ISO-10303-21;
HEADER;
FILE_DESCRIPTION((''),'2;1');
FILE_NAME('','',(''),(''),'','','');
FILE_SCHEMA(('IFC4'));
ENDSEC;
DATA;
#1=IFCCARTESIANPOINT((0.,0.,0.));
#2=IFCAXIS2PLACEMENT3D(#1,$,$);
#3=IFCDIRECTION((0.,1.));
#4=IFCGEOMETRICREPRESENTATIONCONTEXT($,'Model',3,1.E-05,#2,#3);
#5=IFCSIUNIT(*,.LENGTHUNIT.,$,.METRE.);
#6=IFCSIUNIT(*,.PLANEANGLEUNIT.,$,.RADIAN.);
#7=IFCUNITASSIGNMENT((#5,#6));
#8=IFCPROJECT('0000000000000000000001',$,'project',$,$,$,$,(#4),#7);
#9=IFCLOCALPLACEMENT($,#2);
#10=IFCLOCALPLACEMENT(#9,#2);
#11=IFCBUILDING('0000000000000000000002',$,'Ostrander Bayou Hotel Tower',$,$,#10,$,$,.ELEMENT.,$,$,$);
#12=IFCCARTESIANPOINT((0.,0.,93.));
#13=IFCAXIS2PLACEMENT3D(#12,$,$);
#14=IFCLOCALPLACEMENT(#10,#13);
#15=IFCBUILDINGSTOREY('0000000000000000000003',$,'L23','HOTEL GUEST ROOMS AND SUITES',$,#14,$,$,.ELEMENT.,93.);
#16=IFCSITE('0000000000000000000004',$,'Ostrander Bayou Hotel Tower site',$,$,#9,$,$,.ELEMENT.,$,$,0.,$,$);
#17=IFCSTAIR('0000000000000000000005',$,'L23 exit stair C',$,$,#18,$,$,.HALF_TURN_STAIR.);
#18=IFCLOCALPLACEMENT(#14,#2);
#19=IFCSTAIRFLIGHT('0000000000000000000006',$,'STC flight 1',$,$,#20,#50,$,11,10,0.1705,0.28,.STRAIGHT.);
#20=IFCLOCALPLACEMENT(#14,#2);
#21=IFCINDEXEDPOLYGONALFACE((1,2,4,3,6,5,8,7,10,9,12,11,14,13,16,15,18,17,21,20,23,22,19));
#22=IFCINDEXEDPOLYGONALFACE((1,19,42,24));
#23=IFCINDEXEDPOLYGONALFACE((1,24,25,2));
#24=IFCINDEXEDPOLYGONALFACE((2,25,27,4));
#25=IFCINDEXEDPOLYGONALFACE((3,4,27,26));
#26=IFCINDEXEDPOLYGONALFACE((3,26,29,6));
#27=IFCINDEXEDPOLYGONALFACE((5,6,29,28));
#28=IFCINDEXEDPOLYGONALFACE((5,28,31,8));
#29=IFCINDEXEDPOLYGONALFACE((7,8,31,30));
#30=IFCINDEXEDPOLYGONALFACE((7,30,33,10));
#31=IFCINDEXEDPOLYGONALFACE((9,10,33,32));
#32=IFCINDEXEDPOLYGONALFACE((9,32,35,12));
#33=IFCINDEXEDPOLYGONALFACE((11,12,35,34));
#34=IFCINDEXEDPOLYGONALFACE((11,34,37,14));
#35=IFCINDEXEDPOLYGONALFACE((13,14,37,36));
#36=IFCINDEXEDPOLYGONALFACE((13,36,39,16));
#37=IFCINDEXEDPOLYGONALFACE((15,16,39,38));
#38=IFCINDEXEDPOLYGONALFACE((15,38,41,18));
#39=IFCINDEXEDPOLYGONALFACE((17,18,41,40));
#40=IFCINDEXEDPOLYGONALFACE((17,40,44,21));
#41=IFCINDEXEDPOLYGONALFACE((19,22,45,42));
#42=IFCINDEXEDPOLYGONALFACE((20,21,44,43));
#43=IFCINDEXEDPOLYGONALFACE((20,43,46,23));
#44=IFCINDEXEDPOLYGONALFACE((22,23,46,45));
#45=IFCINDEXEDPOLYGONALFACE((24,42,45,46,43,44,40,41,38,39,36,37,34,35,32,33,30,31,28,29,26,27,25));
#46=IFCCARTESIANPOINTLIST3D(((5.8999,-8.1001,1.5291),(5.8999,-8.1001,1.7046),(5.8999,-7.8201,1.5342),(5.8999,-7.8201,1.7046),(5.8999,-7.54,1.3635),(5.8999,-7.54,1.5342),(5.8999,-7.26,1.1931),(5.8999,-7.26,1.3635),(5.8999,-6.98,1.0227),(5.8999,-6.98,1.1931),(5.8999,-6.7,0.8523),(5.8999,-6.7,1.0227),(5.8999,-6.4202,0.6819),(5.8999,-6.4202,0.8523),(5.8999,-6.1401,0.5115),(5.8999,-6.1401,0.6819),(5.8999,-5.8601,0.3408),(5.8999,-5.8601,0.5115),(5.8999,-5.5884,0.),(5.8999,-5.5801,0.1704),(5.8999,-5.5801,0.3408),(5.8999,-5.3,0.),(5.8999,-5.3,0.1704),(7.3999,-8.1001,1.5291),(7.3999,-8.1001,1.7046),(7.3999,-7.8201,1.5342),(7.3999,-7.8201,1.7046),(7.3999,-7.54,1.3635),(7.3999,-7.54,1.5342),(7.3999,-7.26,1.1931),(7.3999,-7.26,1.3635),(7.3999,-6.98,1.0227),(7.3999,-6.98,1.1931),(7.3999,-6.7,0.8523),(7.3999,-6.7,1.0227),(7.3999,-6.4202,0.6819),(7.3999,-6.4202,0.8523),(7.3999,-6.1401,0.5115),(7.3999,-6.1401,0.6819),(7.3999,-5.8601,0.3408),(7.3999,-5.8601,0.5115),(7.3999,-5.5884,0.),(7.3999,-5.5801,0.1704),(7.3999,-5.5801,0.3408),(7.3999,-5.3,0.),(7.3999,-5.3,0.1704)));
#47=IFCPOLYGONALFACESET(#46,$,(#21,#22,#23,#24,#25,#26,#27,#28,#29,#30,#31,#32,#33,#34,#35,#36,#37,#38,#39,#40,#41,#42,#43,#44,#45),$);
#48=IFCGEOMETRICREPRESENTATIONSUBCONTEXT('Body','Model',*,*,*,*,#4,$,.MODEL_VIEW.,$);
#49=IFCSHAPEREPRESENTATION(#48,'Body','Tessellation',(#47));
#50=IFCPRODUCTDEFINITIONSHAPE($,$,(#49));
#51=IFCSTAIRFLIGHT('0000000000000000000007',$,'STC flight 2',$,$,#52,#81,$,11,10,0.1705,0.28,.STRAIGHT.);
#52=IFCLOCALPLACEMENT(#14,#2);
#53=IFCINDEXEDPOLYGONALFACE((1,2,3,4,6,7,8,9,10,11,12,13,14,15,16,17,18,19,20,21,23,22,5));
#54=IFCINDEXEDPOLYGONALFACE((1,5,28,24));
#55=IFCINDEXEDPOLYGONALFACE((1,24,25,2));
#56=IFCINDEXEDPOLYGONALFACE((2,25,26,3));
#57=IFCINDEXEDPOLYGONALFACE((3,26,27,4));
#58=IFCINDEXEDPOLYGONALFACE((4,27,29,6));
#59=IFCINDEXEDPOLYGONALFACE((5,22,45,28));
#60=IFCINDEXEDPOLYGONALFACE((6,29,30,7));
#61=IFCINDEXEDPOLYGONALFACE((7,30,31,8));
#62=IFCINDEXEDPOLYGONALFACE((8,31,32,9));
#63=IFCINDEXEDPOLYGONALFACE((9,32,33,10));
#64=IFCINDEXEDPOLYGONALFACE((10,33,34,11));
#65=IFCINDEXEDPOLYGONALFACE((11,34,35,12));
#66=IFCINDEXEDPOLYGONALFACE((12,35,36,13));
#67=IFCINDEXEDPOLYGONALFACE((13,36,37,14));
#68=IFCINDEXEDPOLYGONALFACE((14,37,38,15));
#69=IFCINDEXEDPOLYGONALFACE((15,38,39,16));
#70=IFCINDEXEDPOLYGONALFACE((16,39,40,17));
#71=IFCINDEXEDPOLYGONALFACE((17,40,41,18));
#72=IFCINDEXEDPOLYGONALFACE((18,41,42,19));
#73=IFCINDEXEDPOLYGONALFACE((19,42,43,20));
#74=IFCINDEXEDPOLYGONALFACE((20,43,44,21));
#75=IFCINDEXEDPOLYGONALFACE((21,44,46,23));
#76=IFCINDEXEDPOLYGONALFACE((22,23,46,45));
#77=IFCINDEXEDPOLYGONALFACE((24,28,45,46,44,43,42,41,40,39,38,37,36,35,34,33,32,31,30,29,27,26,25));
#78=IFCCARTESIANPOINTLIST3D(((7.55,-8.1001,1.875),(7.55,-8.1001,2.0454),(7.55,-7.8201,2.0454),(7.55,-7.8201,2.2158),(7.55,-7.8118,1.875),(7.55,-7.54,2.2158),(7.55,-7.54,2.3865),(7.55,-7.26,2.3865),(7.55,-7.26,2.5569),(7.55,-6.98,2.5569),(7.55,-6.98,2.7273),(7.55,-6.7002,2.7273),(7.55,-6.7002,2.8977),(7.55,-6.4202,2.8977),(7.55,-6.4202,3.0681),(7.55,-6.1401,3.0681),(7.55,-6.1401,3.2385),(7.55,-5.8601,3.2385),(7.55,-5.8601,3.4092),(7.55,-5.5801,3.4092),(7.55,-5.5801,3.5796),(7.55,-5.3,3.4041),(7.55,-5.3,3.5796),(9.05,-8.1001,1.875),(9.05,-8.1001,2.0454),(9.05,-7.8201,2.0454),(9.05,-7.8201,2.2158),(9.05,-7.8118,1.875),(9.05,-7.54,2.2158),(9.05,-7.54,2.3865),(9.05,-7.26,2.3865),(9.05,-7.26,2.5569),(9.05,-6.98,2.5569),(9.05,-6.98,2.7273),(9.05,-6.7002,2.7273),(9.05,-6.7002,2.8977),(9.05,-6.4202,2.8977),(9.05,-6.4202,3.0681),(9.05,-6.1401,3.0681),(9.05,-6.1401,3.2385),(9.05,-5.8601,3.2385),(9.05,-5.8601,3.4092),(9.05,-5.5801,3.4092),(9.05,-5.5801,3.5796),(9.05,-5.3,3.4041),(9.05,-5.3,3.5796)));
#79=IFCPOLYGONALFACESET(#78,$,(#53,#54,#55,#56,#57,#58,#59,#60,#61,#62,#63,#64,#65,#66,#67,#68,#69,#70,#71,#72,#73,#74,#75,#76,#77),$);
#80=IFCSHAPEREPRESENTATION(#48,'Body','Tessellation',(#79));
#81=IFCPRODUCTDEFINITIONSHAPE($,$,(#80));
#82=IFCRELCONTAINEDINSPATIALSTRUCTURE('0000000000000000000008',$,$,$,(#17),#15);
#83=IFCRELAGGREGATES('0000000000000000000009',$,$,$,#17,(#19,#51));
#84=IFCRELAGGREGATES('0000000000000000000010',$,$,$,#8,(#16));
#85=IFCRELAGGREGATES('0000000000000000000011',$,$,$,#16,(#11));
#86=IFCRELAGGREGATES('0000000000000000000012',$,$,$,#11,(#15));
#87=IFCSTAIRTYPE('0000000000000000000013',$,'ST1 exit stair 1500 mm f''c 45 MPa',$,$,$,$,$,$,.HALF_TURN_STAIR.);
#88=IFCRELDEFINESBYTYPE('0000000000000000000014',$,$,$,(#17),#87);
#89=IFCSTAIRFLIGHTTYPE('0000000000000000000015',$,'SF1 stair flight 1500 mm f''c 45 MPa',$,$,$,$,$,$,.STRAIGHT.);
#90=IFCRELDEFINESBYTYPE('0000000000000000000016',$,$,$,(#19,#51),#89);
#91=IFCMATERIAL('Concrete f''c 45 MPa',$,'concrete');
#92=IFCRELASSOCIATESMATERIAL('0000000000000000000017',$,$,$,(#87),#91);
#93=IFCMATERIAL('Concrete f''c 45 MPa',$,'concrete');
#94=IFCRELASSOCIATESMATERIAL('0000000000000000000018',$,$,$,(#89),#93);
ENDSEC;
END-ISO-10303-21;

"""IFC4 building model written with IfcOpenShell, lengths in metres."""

from ifc_helpers import new_model, si_unit, direction, frame, origin, place, context, subcontext, project, spatial, polyline, outline, extrude, material, type_object, element, aggregate, save


model = new_model("IFC4")

# Units and contexts
model_context = context("Model", 3, precision=1e-05, world=origin(), true_north=direction((0.0, 1.0)))
body_context = subcontext(model_context, "Body", "Model", "MODEL_VIEW")
ifc_project = project(units=[si_unit("LENGTHUNIT", "METRE"), si_unit("PLANEANGLEUNIT", "RADIAN")], contexts=[model_context])

# Site, building, storey
site_placement = place(None, origin())
site = spatial("IfcSite", under=ifc_project, at=site_placement, Name="Ostrander Bayou Hotel Tower site", CompositionType="ELEMENT", RefElevation=0.0)
building_placement = place(site_placement, origin())
building = spatial("IfcBuilding", under=site, at=building_placement, Name="Ostrander Bayou Hotel Tower", CompositionType="ELEMENT")
storey_placement = place(building_placement, frame((0.0, 0.0, 93.0)))
storey = spatial("IfcBuildingStorey", under=building, at=storey_placement, Name="L23", Description="HOTEL GUEST ROOMS AND SUITES", CompositionType="ELEMENT", Elevation=93.0)

# Stair, stair flights
ifc_material_1 = material(Name="Concrete f'c 45 MPa", Category="concrete")
stair_type = type_object("IfcStairType", Name="ST1 exit stair 1500 mm f'c 45 MPa", PredefinedType="HALF_TURN_STAIR", material=ifc_material_1)
stair_placement = place(storey_placement, origin())
stair = element("IfcStair", 1, at=stair_placement, inside=storey, type_object=stair_type, Name="L23 exit stair C", PredefinedType="HALF_TURN_STAIR")
ifc_material_2 = material(Name="Concrete f'c 45 MPa", Category="concrete")
stair_flight_type = type_object("IfcStairFlightType", Name="SF1 stair flight 1500 mm f'c 45 MPa", PredefinedType="STRAIGHT", material=ifc_material_2)
stair_flight_1_placement = place(storey_placement, frame((6.6499, -5.3, 0.0), z_axis=(0.0, 0.0, 1.0), x_axis=(0.0, -1.0, 0.0)))
stair_flight_1 = element("IfcStairFlight", 2, at=stair_flight_1_placement, type_object=stair_flight_type, Name="STC flight 1", NumberOfRisers=11, NumberOfTreads=10, PredefinedType="STRAIGHT", RiserHeight=0.1705, TreadLength=0.28, context=body_context, shape_type="SweptSolid", body=[
    extrude(outline(polyline([(0.0, 0.0), (0.0, 0.1704), (0.28, 0.1704), (0.28, 0.3408), (0.5601, 0.3408), (0.5601, 0.5115), (0.8401, 0.5115), (0.8401, 0.6819), (1.1201, 0.6819), (1.1201, 0.8523), (1.3999, 0.8523), (1.3999, 1.0227), (1.6799, 1.0227), (1.6799, 1.1931), (1.96, 1.1931), (1.96, 1.3635), (2.24, 1.3635), (2.24, 1.5342), (2.52, 1.5342), (2.52, 1.7046), (2.8, 1.7046), (2.8, 1.875), (2.8, 1.5291), (0.2883, 0.0), (0.0, 0.0)])), frame((0.0, 0.75, 0.0), z_axis=(0.0, -1.0, 0.0), x_axis=(1.0, 0.0, 0.0)), (0.0, 0.0, 1.0), 1.5),
])
stair_flight_2_placement = place(storey_placement, frame((8.3, -8.1001, 1.875), z_axis=(0.0, 0.0, 1.0), x_axis=(0.0, 1.0, 0.0)))
stair_flight_2 = element("IfcStairFlight", 3, at=stair_flight_2_placement, type_object=stair_flight_type, Name="STC flight 2", NumberOfRisers=11, NumberOfTreads=10, PredefinedType="STRAIGHT", RiserHeight=0.1705, TreadLength=0.28, context=body_context, shape_type="SweptSolid", body=[
    extrude(outline(polyline([(0.0, 0.0), (0.0, 0.1704), (0.28, 0.1704), (0.28, 0.3408), (0.5601, 0.3408), (0.5601, 0.5115), (0.8401, 0.5115), (0.8401, 0.6819), (1.1201, 0.6819), (1.1201, 0.8523), (1.3999, 0.8523), (1.3999, 1.0227), (1.6799, 1.0227), (1.6799, 1.1931), (1.96, 1.1931), (1.96, 1.3635), (2.24, 1.3635), (2.24, 1.5342), (2.52, 1.5342), (2.52, 1.7046), (2.8, 1.7046), (2.8, 1.875), (2.8, 1.5291), (0.2883, 0.0), (0.0, 0.0)])), frame((0.0, 0.75, 0.0), z_axis=(0.0, -1.0, 0.0), x_axis=(1.0, 0.0, 0.0)), (0.0, 0.0, 1.0), 1.5),
])
aggregate(stair, [stair_flight_1, stair_flight_2])

save(model, "model.ifc")
